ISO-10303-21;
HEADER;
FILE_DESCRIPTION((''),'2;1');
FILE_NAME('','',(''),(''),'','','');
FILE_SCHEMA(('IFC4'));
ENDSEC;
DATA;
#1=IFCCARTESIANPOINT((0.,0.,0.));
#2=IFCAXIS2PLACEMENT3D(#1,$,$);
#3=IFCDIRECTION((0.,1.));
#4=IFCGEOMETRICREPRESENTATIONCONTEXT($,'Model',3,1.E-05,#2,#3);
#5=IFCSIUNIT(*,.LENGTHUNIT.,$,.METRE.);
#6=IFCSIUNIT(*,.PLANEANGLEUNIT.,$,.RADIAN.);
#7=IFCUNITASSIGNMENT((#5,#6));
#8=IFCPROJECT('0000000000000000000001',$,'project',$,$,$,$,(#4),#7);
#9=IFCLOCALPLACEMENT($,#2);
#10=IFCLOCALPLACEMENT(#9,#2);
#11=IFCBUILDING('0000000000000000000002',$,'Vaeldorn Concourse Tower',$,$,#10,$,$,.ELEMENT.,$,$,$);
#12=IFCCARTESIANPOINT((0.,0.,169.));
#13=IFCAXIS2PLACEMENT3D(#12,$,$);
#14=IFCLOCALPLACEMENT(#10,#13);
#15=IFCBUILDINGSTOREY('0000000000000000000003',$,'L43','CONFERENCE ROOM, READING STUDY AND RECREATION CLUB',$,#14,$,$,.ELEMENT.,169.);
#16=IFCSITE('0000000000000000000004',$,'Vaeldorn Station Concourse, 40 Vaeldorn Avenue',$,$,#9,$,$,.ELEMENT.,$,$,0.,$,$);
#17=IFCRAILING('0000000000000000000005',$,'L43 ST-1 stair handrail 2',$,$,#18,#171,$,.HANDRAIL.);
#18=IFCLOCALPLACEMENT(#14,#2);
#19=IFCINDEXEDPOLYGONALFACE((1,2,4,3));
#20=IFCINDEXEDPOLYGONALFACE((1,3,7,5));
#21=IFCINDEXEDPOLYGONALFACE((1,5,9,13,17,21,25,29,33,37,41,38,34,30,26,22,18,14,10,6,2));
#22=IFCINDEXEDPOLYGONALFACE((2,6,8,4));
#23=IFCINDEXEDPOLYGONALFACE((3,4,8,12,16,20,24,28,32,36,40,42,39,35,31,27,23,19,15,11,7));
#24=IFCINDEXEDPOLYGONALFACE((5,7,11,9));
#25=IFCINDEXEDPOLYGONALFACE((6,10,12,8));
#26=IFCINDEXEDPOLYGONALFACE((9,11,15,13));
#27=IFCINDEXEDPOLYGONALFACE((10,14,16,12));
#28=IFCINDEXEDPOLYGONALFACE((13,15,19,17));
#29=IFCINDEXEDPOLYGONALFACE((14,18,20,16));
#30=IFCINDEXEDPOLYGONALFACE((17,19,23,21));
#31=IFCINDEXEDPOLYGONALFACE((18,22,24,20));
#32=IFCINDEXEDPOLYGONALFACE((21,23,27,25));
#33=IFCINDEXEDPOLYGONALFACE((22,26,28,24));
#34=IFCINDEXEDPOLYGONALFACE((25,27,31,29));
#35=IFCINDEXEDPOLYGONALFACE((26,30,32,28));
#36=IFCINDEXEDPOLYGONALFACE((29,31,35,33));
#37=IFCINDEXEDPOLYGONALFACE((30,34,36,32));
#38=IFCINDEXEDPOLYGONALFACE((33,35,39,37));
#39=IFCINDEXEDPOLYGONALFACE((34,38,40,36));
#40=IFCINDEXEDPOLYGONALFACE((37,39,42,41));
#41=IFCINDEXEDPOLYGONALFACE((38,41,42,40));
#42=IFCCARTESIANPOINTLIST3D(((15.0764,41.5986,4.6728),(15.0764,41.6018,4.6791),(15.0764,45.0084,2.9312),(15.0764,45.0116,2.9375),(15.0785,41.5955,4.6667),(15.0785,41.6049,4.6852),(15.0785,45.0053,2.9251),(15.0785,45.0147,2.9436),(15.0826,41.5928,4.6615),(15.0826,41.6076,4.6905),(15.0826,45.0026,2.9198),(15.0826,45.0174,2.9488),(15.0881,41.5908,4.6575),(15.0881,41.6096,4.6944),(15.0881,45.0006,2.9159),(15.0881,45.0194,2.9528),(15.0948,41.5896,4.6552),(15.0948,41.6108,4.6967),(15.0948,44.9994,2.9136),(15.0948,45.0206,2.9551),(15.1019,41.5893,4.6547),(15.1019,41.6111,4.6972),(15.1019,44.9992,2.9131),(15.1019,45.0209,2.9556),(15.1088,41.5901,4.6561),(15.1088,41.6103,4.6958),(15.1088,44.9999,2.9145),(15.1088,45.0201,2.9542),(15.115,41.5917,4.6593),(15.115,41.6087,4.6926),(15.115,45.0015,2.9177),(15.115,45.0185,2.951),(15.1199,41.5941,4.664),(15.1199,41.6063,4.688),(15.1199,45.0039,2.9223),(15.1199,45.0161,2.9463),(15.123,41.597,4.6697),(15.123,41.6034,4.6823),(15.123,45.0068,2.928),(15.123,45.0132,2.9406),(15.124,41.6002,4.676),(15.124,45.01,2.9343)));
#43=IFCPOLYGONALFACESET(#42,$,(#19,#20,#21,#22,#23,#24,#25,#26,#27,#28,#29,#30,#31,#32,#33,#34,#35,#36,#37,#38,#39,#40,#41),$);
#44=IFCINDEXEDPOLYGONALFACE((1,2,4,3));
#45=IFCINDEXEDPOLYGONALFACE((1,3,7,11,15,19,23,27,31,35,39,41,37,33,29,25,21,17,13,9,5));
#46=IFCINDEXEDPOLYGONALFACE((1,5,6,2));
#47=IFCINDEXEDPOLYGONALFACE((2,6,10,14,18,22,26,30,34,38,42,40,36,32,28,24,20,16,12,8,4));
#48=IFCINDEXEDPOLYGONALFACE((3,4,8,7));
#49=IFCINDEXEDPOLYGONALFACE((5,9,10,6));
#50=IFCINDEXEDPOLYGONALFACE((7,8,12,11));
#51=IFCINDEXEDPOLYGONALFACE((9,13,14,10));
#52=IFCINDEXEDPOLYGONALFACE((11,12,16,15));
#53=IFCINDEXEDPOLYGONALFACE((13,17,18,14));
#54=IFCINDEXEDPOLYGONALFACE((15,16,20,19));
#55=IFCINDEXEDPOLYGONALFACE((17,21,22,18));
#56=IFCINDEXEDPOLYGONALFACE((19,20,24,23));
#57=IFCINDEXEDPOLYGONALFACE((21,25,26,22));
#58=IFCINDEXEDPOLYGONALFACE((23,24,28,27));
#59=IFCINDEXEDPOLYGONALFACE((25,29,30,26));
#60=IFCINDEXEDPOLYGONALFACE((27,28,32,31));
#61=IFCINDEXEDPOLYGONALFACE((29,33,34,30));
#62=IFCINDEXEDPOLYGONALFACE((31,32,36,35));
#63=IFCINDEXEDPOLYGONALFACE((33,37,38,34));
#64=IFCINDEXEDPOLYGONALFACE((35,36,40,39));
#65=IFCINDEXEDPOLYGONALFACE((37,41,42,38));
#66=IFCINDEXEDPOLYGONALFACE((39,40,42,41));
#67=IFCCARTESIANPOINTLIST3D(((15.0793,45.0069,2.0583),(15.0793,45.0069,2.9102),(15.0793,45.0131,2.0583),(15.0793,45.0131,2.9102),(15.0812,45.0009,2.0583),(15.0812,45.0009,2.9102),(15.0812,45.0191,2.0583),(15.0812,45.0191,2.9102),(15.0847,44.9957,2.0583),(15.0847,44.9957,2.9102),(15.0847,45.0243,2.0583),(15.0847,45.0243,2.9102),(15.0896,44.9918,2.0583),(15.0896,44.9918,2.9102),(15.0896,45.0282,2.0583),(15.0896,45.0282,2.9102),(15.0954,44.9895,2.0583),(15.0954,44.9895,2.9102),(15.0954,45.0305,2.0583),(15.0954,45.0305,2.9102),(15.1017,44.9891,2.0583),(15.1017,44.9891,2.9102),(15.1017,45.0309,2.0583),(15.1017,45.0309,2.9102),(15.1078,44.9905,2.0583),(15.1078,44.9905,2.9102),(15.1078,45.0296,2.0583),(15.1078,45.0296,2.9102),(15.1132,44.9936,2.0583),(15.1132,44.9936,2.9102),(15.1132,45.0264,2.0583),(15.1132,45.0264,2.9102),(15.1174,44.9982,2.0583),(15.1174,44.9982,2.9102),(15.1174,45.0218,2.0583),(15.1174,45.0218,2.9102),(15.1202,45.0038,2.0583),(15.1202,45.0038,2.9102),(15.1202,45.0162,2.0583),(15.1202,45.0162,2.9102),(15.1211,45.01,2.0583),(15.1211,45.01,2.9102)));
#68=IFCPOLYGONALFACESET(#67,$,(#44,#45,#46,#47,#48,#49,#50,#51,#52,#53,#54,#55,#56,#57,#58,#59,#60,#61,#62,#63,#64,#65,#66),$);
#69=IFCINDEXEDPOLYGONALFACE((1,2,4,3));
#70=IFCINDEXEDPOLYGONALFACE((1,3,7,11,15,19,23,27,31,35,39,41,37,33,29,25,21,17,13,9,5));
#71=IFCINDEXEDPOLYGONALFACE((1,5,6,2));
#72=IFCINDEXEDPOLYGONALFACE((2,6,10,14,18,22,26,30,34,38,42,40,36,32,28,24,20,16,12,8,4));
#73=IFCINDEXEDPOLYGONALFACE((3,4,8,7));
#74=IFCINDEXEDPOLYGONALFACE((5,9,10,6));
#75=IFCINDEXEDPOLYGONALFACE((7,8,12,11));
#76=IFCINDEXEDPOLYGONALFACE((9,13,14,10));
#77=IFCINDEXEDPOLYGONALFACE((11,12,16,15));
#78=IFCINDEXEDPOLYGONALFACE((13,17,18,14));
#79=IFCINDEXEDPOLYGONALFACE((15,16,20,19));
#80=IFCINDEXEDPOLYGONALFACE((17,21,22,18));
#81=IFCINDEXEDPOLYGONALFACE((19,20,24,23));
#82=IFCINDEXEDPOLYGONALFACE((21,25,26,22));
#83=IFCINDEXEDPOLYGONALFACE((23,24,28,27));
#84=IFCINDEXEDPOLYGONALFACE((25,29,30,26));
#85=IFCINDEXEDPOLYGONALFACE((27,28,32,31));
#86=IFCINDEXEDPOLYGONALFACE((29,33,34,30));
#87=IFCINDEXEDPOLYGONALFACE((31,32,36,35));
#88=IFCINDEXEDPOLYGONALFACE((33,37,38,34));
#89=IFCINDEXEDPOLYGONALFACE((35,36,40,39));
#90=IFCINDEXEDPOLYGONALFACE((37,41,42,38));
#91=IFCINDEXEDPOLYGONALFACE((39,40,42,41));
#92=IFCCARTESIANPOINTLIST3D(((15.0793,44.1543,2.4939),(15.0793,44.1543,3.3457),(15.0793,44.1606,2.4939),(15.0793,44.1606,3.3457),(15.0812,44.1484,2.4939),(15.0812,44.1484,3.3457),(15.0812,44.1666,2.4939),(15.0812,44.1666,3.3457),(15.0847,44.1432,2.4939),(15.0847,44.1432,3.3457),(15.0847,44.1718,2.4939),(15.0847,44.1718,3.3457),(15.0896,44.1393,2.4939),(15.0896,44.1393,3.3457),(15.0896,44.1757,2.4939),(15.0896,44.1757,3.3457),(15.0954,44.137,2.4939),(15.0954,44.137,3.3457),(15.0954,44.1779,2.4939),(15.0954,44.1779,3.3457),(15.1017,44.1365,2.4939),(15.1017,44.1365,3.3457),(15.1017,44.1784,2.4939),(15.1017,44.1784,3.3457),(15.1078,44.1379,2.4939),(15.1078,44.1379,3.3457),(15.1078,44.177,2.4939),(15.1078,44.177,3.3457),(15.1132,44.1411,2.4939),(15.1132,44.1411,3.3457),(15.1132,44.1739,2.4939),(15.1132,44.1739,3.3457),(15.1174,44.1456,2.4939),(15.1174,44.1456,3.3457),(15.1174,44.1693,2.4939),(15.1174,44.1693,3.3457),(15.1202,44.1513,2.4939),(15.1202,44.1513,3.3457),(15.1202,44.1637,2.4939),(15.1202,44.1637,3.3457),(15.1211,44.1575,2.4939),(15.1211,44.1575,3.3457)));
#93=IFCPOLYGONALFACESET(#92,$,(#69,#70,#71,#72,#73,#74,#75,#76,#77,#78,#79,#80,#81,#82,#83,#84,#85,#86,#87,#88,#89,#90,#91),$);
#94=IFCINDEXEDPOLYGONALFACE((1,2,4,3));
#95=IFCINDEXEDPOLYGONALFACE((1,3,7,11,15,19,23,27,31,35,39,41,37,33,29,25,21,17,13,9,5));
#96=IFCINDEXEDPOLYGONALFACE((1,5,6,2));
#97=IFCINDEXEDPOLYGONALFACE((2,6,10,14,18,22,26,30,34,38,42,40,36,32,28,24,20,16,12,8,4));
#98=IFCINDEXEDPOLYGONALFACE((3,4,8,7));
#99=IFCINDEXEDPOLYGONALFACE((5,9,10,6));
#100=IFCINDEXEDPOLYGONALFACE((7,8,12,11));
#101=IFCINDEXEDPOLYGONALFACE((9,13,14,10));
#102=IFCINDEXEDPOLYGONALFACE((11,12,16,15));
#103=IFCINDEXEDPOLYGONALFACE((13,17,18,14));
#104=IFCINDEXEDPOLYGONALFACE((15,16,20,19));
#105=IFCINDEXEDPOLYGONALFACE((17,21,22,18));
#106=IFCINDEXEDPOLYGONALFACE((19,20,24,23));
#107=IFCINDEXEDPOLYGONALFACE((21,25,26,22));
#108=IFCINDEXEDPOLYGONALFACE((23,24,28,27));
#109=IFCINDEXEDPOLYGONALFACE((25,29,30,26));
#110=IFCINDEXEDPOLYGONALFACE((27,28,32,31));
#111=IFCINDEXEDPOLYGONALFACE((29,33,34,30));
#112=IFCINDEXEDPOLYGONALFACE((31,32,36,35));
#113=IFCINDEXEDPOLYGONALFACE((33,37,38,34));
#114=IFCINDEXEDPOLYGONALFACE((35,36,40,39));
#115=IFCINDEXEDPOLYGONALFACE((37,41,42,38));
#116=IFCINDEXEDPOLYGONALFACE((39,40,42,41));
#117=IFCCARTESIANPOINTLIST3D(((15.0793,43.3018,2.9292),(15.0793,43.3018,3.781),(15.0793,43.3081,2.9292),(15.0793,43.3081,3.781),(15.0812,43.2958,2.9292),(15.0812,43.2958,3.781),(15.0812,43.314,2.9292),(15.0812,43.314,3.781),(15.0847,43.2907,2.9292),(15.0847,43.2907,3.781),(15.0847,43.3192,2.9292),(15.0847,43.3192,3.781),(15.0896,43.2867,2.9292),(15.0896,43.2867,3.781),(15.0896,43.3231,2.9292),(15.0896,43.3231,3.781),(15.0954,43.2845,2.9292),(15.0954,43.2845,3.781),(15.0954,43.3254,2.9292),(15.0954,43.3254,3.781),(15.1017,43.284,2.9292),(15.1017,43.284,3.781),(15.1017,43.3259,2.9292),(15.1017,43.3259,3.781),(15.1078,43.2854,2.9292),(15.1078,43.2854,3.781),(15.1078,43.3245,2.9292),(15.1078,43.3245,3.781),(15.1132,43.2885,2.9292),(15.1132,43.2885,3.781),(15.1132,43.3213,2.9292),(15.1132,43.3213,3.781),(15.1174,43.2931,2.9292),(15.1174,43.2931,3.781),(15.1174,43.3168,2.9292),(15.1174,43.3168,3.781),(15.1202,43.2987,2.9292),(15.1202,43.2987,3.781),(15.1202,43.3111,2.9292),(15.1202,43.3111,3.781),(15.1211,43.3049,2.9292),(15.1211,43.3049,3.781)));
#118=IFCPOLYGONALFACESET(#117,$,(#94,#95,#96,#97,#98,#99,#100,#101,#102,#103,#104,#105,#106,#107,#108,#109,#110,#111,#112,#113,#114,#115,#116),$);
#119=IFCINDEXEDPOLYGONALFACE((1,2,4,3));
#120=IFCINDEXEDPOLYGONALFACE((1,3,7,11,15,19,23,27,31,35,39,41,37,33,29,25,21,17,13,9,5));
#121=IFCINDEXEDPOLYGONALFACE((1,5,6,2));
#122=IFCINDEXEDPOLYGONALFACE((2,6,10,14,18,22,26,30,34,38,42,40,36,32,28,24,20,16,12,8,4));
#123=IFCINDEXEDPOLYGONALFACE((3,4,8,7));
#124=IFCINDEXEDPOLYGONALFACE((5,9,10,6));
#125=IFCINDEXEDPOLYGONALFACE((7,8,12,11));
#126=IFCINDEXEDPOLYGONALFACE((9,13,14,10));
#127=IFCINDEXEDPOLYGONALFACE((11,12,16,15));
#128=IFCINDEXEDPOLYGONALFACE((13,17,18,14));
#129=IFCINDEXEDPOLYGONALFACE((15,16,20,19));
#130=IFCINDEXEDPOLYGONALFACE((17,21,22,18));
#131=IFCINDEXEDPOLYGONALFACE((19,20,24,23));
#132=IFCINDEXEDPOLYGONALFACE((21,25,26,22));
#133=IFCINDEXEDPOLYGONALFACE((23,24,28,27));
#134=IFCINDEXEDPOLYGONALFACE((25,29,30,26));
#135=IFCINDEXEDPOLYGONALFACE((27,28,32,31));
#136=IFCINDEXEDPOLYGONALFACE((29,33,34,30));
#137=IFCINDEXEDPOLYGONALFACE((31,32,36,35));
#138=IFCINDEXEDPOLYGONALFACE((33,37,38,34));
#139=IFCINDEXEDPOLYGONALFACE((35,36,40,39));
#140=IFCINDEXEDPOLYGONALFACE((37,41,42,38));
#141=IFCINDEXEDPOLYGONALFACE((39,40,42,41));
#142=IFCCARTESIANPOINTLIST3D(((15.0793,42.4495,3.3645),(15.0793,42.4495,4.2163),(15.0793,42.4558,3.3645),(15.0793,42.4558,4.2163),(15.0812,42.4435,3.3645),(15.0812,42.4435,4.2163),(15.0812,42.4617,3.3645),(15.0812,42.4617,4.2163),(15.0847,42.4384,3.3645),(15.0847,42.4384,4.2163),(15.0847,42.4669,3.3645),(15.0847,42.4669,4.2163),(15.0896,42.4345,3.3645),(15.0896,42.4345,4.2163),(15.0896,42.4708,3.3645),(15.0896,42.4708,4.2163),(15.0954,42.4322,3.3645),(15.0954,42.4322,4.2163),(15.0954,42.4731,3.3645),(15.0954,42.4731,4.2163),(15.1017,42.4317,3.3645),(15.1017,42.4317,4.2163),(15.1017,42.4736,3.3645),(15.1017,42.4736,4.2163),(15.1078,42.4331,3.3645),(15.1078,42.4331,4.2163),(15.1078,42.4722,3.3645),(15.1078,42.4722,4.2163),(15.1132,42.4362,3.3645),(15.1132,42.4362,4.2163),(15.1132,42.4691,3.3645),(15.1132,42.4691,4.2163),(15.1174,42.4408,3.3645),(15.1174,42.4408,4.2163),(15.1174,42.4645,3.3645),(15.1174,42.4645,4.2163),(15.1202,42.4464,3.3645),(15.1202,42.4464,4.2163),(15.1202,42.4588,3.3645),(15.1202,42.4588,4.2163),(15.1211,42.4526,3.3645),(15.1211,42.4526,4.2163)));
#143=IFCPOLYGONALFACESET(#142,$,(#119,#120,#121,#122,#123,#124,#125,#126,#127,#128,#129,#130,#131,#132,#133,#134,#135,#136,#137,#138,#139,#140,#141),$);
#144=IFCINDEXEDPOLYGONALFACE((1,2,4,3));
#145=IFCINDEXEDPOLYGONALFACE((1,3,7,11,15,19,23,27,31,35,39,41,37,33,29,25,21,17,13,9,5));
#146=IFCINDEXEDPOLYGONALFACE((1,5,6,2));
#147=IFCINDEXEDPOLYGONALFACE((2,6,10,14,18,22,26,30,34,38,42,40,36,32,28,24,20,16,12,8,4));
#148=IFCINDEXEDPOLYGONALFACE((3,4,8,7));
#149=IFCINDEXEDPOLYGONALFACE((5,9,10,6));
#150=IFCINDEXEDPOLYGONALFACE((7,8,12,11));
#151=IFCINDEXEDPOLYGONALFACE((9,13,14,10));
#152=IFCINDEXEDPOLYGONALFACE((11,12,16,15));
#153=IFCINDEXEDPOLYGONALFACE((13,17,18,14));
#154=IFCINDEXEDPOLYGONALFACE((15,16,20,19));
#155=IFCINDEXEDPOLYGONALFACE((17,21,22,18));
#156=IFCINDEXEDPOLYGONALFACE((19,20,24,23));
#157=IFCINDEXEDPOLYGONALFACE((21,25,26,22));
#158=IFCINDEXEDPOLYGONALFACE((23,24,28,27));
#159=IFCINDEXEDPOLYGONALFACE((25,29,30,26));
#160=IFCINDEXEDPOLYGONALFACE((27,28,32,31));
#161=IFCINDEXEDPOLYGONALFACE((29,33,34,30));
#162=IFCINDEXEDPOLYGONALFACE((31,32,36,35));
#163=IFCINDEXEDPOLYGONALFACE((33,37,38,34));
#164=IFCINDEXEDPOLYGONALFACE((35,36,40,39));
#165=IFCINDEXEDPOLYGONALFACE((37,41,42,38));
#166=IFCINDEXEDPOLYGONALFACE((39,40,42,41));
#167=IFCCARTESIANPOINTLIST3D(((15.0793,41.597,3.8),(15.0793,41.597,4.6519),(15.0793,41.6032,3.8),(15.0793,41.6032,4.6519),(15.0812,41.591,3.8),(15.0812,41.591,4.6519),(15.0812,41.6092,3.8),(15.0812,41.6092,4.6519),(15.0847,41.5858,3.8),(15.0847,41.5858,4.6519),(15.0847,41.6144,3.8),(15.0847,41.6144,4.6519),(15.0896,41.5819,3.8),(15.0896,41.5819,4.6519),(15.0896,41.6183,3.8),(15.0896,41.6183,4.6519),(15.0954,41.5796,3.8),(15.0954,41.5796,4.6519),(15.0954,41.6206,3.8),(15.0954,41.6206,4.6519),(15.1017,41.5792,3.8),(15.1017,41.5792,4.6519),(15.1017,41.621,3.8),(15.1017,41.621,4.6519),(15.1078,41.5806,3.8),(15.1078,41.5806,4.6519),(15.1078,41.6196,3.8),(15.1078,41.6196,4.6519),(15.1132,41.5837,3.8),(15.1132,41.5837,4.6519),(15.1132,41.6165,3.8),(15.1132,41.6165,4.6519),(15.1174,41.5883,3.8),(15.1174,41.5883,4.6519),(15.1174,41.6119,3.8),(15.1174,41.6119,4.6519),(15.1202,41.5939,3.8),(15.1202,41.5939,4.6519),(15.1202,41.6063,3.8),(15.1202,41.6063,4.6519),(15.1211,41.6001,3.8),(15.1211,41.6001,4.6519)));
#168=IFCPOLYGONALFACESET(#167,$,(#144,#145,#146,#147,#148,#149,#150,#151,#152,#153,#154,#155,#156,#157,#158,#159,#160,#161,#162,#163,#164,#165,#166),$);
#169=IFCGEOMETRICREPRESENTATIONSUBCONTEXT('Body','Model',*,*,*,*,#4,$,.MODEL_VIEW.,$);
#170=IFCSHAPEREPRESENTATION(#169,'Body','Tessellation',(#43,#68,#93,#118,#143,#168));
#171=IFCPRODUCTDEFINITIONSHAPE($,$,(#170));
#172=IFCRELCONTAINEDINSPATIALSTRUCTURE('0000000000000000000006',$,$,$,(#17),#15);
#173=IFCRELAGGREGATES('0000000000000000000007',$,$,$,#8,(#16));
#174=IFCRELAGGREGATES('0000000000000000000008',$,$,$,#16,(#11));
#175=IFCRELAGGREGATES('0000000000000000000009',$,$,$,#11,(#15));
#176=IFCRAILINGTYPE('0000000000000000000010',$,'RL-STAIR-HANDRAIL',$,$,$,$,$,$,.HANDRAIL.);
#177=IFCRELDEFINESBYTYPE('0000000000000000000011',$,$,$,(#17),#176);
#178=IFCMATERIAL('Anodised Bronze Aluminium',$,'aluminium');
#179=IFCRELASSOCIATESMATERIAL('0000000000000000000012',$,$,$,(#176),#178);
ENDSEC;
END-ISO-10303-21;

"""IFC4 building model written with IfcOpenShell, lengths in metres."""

from ifc_helpers import new_model, si_unit, direction, frame, origin, origin_2d, place, context, subcontext, project, spatial, circle, extrude, material, type_object, element, save


model = new_model("IFC4")

# Units and contexts
model_context = context("Model", 3, precision=1e-05, world=origin(), true_north=direction((0.0, 1.0)))
body_context = subcontext(model_context, "Body", "Model", "MODEL_VIEW")
ifc_project = project(units=[si_unit("LENGTHUNIT", "METRE"), si_unit("PLANEANGLEUNIT", "RADIAN")], contexts=[model_context])

# Site, building, storey
site_placement = place(None, origin())
site = spatial("IfcSite", under=ifc_project, at=site_placement, Name="Vaeldorn Station Concourse, 40 Vaeldorn Avenue", CompositionType="ELEMENT", RefElevation=0.0)
building_placement = place(site_placement, origin())
building = spatial("IfcBuilding", under=site, at=building_placement, Name="Vaeldorn Concourse Tower", CompositionType="ELEMENT")
storey_placement = place(building_placement, frame((0.0, 0.0, 169.0)))
storey = spatial("IfcBuildingStorey", under=building, at=storey_placement, Name="L43", Description="CONFERENCE ROOM, READING STUDY AND RECREATION CLUB", CompositionType="ELEMENT", Elevation=169.0)

# Railing
ifc_material_1 = material(Name="Anodised Bronze Aluminium", Category="aluminium")
railing_type_1 = type_object("IfcRailingType", Name="RL-STAIR-HANDRAIL", PredefinedType="HANDRAIL", material=ifc_material_1)
railing_1_placement = place(storey_placement, frame((15.1001, 45.01, 2.0583)))
element("IfcRailing", 1, at=railing_1_placement, inside=storey, type_object=railing_type_1, Name="L43 ST-1 stair handrail 2", PredefinedType="HANDRAIL", context=body_context, shape_type="SweptSolid", body=[
    extrude(circle(Radius=0.0239, at=origin_2d()), frame((0.0, 0.0, 0.876), z_axis=(0.0, -0.890556, 0.454874), x_axis=(1.0, 0.0, 0.0)), (0.0, 0.0, 1.0), 3.8289),
    extrude(circle(Radius=0.021, at=origin_2d()), origin(), (0.0, 0.0, 1.0), 0.8518),
    extrude(circle(Radius=0.021, at=origin_2d()), frame((0.0, -0.8525, 0.4355)), (0.0, 0.0, 1.0), 0.8518),
    extrude(circle(Radius=0.021, at=origin_2d()), frame((0.0, -1.7051, 0.8708)), (0.0, 0.0, 1.0), 0.8518),
    extrude(circle(Radius=0.021, at=origin_2d()), frame((0.0, -2.5574, 1.3062)), (0.0, 0.0, 1.0), 0.8518),
    extrude(circle(Radius=0.021, at=origin_2d()), frame((0.0, -3.4099, 1.7417)), (0.0, 0.0, 1.0), 0.8518),
])

save(model, "model.ifc")
